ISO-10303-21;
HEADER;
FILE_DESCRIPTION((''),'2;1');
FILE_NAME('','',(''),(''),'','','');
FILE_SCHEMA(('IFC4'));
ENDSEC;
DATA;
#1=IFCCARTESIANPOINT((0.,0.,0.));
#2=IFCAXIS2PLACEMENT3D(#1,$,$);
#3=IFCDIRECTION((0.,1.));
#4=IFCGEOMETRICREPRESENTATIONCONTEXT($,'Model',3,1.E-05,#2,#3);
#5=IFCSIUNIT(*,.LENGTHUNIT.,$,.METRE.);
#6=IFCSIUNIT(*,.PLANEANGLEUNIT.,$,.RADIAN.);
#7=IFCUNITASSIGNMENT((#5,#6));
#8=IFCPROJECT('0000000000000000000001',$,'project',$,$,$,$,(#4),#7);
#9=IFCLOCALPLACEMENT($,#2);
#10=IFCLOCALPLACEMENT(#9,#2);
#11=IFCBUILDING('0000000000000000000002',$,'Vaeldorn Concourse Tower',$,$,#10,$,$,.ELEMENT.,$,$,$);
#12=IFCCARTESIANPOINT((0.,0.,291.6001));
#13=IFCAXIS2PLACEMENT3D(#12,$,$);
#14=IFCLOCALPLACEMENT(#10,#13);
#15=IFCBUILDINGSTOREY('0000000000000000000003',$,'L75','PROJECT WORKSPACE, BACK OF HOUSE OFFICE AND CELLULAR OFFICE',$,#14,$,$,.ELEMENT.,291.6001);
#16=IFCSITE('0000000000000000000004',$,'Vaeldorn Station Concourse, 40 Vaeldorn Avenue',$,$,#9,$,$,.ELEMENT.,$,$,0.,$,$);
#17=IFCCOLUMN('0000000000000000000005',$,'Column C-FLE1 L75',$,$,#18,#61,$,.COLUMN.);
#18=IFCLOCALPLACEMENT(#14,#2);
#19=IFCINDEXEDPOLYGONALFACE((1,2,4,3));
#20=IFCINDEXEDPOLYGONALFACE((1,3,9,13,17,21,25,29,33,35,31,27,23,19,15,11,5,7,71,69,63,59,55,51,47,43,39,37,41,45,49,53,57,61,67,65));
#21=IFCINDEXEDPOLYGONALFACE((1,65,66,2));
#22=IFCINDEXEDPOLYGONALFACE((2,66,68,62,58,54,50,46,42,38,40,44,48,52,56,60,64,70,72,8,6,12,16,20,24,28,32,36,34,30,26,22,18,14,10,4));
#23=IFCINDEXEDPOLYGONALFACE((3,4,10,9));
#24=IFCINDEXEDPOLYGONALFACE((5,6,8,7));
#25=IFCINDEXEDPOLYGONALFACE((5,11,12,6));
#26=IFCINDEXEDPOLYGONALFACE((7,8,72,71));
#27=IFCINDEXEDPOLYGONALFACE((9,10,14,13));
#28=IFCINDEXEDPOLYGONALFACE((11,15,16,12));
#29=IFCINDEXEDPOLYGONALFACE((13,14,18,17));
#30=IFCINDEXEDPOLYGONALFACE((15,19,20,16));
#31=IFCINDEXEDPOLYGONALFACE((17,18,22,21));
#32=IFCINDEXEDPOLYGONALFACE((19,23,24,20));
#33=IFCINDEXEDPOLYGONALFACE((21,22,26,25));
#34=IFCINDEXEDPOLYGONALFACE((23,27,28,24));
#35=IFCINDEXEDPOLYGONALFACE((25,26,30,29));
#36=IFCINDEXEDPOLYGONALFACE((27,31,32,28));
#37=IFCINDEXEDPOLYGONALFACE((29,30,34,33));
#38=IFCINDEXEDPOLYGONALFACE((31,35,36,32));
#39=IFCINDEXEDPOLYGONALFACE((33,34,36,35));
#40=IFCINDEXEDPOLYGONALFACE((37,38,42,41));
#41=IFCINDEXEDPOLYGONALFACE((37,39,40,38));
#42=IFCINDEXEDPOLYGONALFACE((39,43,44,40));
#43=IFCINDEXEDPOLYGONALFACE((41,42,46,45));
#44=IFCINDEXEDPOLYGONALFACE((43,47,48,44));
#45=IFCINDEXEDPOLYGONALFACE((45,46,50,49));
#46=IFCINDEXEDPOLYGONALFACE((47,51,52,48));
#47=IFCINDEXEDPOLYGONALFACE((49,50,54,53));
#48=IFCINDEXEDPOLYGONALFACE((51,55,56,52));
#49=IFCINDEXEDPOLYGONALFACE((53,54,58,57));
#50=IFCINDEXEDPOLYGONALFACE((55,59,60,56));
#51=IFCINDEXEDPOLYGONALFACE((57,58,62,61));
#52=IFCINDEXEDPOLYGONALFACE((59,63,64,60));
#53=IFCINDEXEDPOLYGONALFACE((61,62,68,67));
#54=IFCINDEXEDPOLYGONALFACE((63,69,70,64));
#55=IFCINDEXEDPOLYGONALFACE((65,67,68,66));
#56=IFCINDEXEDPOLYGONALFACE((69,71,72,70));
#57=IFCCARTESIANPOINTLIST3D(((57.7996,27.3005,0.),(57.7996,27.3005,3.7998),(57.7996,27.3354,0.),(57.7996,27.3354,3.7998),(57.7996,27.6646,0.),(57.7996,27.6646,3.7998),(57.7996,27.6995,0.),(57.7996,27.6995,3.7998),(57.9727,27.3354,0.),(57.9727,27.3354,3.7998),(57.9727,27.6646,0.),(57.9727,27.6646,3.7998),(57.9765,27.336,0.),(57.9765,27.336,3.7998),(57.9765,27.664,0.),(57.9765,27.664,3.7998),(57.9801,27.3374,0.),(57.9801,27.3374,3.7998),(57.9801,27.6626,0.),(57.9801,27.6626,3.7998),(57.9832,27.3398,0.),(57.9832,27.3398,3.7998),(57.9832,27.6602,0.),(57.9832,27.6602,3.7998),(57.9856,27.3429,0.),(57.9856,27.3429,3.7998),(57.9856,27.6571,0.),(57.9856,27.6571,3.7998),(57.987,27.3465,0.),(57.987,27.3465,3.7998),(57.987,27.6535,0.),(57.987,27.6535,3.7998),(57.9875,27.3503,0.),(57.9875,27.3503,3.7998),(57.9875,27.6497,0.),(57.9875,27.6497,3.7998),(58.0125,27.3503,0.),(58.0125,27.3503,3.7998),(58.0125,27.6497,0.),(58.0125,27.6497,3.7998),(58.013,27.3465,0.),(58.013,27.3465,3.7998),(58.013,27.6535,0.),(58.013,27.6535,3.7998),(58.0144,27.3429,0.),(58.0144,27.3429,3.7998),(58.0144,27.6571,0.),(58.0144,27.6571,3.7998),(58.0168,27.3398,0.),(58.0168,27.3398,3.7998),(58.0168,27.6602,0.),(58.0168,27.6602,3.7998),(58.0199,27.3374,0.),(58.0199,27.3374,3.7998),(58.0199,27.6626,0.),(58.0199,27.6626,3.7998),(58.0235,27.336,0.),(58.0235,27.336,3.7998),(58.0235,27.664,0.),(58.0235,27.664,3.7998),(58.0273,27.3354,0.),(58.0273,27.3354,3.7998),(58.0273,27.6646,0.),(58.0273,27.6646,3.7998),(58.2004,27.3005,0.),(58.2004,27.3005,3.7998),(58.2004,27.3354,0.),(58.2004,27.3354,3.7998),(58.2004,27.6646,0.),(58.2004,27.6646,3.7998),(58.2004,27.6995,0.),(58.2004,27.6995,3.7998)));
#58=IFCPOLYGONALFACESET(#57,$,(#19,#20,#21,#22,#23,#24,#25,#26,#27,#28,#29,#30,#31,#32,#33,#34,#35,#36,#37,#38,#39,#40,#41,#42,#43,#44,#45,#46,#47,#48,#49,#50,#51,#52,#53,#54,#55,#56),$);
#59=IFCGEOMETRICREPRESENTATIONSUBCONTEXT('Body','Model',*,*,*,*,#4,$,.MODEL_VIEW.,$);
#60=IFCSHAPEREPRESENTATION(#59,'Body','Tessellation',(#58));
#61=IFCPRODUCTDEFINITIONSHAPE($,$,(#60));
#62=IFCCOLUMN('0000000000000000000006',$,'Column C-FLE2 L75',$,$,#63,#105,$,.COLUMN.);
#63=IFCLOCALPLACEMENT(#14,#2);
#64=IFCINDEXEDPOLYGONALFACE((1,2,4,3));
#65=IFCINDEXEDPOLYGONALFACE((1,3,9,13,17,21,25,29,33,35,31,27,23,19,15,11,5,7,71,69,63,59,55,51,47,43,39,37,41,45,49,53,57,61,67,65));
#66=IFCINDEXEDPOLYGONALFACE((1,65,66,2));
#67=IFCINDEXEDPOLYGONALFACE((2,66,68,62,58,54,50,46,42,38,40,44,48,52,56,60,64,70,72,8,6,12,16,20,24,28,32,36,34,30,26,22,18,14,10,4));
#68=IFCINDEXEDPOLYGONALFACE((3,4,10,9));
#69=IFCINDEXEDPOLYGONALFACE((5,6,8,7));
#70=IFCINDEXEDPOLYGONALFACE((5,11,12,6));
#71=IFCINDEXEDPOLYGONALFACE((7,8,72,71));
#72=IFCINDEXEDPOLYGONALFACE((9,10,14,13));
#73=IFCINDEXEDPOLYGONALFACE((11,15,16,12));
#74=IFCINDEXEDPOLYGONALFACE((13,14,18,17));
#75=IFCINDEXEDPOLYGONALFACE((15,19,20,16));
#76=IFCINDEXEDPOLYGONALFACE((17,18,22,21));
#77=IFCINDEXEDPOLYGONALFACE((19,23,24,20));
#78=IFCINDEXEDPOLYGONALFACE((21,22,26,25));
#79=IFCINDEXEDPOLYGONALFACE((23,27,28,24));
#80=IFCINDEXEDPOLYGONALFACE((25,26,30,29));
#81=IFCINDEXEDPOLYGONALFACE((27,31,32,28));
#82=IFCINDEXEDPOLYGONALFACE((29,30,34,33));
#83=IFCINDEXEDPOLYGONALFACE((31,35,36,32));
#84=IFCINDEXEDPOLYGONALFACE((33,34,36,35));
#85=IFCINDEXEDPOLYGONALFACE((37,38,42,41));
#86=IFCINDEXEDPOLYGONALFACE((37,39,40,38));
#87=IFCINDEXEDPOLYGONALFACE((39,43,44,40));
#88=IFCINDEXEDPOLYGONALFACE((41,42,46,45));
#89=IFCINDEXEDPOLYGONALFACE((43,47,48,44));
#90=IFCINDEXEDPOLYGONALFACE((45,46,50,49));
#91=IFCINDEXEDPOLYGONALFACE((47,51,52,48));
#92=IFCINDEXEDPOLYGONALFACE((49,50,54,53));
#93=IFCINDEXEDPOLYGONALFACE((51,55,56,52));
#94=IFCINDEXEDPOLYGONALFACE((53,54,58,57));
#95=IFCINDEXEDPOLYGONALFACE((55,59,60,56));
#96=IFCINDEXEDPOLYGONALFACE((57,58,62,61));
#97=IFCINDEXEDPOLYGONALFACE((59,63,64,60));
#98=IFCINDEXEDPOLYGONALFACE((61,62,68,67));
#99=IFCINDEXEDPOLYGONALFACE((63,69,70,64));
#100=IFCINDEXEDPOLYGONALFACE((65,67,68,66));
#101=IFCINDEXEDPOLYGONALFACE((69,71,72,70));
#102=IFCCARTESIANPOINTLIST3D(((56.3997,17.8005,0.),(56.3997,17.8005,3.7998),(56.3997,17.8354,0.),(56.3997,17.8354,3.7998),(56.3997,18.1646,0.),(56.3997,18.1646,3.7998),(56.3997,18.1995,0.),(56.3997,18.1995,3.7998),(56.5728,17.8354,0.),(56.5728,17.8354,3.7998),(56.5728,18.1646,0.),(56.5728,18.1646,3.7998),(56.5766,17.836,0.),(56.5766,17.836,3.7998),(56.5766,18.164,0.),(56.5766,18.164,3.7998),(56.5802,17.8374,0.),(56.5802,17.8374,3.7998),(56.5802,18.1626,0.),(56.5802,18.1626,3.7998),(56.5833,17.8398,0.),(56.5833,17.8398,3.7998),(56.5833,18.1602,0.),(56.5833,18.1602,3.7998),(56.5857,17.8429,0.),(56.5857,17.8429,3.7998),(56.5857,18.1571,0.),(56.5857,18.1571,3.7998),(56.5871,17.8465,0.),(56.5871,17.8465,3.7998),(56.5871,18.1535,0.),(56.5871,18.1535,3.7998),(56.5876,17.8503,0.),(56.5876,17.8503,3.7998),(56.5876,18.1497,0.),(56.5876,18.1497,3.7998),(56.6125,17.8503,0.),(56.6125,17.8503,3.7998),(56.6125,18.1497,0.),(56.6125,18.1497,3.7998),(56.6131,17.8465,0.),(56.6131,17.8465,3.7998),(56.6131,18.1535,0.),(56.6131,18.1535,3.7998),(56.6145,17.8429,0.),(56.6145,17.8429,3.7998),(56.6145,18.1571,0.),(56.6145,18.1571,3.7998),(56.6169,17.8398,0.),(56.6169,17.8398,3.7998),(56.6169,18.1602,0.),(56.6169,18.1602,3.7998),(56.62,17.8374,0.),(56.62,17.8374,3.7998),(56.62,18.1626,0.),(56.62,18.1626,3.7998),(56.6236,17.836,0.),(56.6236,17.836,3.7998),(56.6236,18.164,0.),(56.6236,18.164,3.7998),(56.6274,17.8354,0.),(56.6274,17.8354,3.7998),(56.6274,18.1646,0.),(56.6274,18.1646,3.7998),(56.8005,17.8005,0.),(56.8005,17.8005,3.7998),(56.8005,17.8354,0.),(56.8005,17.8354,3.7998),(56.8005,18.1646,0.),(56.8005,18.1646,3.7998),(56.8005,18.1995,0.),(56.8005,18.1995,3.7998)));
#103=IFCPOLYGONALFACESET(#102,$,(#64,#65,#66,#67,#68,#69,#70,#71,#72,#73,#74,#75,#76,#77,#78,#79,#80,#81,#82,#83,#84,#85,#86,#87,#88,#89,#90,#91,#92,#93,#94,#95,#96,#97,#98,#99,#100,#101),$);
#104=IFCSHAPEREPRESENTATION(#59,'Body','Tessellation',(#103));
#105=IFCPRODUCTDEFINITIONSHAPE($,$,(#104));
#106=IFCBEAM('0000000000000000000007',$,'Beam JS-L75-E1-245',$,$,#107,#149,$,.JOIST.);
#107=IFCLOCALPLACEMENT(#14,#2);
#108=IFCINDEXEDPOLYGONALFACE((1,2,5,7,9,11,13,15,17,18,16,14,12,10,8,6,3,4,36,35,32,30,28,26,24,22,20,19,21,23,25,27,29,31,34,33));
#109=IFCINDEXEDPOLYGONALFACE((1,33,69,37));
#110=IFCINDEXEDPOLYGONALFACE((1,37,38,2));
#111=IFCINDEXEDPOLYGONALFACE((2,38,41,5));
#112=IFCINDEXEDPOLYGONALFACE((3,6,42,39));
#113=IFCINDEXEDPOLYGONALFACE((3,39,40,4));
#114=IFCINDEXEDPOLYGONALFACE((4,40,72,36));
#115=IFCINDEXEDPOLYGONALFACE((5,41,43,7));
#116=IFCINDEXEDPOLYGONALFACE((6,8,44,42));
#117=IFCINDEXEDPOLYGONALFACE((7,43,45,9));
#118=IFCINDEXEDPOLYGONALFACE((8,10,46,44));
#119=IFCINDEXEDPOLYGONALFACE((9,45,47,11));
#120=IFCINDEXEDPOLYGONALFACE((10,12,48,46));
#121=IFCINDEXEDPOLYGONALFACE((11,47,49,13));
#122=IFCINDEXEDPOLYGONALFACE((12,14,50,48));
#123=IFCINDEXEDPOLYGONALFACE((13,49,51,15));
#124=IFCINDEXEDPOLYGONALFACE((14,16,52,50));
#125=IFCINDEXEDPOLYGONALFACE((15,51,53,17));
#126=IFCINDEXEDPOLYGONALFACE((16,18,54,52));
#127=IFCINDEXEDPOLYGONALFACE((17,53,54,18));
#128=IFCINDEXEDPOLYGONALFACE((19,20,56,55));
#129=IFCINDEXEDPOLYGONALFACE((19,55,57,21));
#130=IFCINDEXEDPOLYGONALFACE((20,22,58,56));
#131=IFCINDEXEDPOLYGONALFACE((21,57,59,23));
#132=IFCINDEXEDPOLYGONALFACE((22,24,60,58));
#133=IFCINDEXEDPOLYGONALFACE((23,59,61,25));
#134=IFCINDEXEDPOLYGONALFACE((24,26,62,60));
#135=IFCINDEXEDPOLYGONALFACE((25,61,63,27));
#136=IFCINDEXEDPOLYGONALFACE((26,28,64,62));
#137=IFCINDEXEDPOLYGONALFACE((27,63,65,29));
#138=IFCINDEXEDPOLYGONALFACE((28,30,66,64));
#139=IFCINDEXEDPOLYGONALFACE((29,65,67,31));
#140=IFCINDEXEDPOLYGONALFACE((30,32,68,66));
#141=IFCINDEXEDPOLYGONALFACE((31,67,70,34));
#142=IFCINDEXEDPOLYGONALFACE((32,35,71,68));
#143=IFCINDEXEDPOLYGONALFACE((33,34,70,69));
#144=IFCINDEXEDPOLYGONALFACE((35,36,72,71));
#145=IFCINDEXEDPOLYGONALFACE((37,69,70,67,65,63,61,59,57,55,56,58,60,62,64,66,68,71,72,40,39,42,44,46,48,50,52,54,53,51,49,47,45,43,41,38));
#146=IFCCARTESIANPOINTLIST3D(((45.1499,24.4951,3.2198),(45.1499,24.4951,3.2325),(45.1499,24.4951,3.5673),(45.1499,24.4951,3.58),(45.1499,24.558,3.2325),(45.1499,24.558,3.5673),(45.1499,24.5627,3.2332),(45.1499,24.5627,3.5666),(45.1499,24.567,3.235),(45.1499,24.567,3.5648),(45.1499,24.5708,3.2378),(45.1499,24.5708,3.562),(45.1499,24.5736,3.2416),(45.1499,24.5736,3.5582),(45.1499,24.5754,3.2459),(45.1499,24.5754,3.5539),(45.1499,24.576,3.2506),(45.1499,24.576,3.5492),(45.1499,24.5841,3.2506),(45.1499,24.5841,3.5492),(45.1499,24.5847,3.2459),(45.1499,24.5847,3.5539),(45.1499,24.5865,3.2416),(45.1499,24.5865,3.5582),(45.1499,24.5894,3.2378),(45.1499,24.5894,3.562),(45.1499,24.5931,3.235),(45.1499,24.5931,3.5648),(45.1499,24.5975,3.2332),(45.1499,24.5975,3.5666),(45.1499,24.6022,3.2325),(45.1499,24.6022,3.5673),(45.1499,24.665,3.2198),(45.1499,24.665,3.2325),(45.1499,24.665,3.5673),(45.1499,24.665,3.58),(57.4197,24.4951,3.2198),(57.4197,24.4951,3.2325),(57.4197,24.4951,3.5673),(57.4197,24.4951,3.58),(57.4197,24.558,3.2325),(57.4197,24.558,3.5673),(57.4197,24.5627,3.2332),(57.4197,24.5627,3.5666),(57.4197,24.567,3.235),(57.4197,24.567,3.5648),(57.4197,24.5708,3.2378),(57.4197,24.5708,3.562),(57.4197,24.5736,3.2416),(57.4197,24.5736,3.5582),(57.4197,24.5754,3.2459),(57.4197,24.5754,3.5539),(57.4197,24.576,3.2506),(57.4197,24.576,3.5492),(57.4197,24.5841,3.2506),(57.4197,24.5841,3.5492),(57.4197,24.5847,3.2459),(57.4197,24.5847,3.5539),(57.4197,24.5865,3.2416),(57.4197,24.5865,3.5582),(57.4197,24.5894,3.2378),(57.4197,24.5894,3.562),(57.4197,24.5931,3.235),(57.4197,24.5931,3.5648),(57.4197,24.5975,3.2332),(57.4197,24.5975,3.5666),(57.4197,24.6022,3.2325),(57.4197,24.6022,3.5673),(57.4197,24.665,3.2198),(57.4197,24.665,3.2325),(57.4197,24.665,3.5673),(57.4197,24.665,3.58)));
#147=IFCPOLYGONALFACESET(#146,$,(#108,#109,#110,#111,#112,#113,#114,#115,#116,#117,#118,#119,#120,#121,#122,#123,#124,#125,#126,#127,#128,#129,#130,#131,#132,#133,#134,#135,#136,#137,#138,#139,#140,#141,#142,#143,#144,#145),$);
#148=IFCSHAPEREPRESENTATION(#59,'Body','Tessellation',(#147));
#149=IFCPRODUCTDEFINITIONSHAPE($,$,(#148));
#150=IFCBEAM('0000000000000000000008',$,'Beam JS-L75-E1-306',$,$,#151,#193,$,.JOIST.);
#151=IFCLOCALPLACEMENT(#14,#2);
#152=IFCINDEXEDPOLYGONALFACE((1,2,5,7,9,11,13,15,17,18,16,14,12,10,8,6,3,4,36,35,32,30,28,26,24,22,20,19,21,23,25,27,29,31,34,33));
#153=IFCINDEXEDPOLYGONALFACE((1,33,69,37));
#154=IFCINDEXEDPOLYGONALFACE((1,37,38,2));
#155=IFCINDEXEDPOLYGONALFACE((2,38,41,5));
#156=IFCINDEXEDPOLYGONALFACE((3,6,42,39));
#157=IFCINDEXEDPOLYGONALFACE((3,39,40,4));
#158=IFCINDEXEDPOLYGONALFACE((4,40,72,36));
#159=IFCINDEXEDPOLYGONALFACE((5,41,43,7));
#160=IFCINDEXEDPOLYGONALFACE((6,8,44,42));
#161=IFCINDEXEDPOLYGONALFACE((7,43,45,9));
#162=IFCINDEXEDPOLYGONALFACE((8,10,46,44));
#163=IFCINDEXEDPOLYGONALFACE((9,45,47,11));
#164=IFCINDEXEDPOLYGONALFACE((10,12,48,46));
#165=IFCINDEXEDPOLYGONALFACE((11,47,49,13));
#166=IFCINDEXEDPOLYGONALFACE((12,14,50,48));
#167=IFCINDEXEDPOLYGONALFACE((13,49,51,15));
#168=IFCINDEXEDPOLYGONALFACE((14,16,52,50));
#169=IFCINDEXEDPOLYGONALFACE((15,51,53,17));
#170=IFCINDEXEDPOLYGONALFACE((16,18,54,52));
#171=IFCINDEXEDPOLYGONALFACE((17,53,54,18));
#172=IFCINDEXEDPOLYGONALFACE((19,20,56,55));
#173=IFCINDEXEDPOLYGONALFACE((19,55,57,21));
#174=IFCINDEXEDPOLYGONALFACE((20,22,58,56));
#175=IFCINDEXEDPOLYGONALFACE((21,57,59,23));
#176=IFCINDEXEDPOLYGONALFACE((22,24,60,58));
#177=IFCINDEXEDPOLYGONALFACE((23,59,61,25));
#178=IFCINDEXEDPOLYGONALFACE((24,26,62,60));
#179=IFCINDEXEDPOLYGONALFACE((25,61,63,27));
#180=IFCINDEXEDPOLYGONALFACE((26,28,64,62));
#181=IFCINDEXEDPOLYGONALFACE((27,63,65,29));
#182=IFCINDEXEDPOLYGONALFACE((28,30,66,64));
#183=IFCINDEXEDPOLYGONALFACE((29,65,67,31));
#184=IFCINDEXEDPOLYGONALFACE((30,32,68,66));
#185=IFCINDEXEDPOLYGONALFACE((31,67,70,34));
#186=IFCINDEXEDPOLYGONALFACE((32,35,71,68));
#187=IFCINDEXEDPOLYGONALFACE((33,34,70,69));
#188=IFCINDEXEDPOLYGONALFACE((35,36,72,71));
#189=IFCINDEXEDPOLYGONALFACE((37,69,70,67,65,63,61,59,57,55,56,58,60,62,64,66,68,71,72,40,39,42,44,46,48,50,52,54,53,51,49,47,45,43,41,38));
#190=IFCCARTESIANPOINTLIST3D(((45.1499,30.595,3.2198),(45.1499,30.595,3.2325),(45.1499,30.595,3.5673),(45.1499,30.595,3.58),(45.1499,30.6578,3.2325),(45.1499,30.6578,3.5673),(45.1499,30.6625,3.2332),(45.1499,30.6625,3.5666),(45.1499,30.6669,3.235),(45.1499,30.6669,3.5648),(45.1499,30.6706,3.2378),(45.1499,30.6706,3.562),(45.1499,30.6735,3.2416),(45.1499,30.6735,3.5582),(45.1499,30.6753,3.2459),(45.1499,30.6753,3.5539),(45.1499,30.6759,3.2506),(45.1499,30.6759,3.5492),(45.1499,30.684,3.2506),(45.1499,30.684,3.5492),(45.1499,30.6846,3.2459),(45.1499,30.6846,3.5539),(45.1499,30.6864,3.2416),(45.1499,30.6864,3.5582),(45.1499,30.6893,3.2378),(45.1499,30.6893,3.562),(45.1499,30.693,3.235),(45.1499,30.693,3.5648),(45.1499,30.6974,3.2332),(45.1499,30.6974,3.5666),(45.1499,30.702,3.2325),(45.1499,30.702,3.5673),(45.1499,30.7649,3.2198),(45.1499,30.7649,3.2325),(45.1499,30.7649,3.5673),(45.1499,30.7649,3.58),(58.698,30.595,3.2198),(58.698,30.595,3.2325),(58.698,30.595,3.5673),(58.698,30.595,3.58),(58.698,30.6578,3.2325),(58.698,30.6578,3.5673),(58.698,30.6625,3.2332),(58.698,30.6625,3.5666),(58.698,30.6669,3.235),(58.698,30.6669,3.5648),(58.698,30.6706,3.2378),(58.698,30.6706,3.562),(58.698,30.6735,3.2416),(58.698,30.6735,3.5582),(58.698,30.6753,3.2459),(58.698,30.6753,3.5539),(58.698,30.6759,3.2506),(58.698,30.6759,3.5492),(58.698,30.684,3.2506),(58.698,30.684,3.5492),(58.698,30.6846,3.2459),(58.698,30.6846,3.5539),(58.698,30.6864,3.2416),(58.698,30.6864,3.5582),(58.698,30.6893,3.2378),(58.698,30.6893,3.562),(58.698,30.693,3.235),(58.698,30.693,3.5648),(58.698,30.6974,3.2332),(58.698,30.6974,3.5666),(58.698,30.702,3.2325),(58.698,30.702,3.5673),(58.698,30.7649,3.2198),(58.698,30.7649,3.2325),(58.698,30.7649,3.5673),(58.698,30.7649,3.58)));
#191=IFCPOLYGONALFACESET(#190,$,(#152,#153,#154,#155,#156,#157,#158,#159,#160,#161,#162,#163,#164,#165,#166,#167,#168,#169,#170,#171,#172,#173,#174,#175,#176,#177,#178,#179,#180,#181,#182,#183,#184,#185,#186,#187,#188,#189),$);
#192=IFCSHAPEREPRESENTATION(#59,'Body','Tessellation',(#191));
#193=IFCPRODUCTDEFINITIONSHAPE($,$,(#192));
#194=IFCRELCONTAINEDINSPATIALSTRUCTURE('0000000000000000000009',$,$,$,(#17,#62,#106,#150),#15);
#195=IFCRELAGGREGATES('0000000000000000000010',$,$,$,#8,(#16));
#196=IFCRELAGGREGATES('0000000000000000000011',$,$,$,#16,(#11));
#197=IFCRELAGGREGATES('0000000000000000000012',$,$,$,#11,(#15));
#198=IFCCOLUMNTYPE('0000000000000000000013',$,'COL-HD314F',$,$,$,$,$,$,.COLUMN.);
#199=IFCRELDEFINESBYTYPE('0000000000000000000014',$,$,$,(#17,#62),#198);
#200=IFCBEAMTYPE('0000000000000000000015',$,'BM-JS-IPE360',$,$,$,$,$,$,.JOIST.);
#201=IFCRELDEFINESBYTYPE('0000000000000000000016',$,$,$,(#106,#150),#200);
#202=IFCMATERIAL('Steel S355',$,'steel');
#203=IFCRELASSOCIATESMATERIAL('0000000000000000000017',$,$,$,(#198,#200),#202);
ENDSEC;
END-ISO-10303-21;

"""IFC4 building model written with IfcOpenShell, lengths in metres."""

from ifc_helpers import new_model, si_unit, direction, frame, origin, origin_2d, place, context, subcontext, project, spatial, i_section, extrude, source, transform, mapped, material, material_profile, profile_set, type_object, element, save


model = new_model("IFC4")

# Units and contexts
model_context = context("Model", 3, precision=1e-05, world=origin(), true_north=direction((0.0, 1.0)))
body_context = subcontext(model_context, "Body", "Model", "MODEL_VIEW")
ifc_project = project(units=[si_unit("LENGTHUNIT", "METRE"), si_unit("PLANEANGLEUNIT", "RADIAN")], contexts=[model_context])

# Site, building, storey
site_placement = place(None, origin())
site = spatial("IfcSite", under=ifc_project, at=site_placement, Name="Vaeldorn Station Concourse, 40 Vaeldorn Avenue", CompositionType="ELEMENT", RefElevation=0.0)
building_placement = place(site_placement, origin())
building = spatial("IfcBuilding", under=site, at=building_placement, Name="Vaeldorn Concourse Tower", CompositionType="ELEMENT")
storey_placement = place(building_placement, frame((0.0, 0.0, 291.6001)))
storey = spatial("IfcBuildingStorey", under=building, at=storey_placement, Name="L75", Description="PROJECT WORKSPACE, BACK OF HOUSE OFFICE AND CELLULAR OFFICE", CompositionType="ELEMENT", Elevation=291.6001)

# Columns
ifc_material_1 = material(Name="Steel S355", Category="steel")
ifc_material_profile_1 = material_profile(ifc_material_1, i_section(OverallWidth=0.4009, OverallDepth=0.3989, WebThickness=0.0249, FlangeThickness=0.0349, FilletRadius=0.0149, at=origin_2d()), Name="HD 400x314")
ifc_profile_set_1 = profile_set([ifc_material_profile_1], Name="Steel S355")
column_type = type_object("IfcColumnType", Name="COL-HD314F", PredefinedType="COLUMN", material=ifc_profile_set_1)
shared_shape_1 = source(origin(), body_context, "Body", "SweptSolid", [
    extrude(i_section(OverallWidth=0.4009, OverallDepth=0.3989, WebThickness=0.0249, FlangeThickness=0.0349, FilletRadius=0.0149, at=origin_2d()), origin(), (0.0, 0.0, 1.0), 3.7998),
])
for number, where, z_axis, x_axis, name in (
    (1, (58.0, 27.5, 0.0), (0.0, 0.0, 1.0), (1.0, 0.0, 0.0), "Column C-FLE1 L75"),
    (2, (56.6001, 18.0, 0.0), (0.0, 0.0, 1.0), (1.0, 0.0, 0.0), "Column C-FLE2 L75"),
):
    element("IfcColumn", number, at=place(storey_placement, frame(where, z_axis=z_axis, x_axis=x_axis)), inside=storey, type_object=column_type, Name=name, PredefinedType="COLUMN", context=body_context, shape_type="MappedRepresentation", body=[
        mapped(shared_shape_1, transform((0.0, 0.0, 0.0), scale=1.0)),
    ])

# Beams
ifc_material_profile_2 = material_profile(ifc_material_1, i_section(OverallWidth=0.1699, OverallDepth=0.3601, WebThickness=0.0081, FlangeThickness=0.0127, FilletRadius=0.0181, at=origin_2d()), Name="IPE 360")
ifc_profile_set_2 = profile_set([ifc_material_profile_2], Name="Steel S355")
beam_type_1 = type_object("IfcBeamType", Name="BM-JS-IPE360", PredefinedType="JOIST", material=ifc_profile_set_2)
shared_shape_2 = source(origin(), body_context, "Body", "SweptSolid", [
    extrude(i_section(OverallWidth=0.1699, OverallDepth=0.3601, WebThickness=0.0081, FlangeThickness=0.0127, FilletRadius=0.0181, at=origin_2d()), origin(), (0.0, 0.0, 1.0), 12.2698),
])
beam_1_placement = place(storey_placement, frame((45.1499, 24.5801, 3.3999), z_axis=(1.0, 0.0, 0.0), x_axis=(0.0, 1.0, 0.0)))
element("IfcBeam", 3, at=beam_1_placement, inside=storey, type_object=beam_type_1, Name="Beam JS-L75-E1-245", PredefinedType="JOIST", context=body_context, shape_type="MappedRepresentation", body=[
    mapped(shared_shape_2, transform((0.0, 0.0, 0.0), scale=1.0)),
])
shared_shape_3 = source(origin(), body_context, "Body", "SweptSolid", [
    extrude(i_section(OverallWidth=0.1699, OverallDepth=0.3601, WebThickness=0.0081, FlangeThickness=0.0127, FilletRadius=0.0181, at=origin_2d()), origin(), (0.0, 0.0, 1.0), 13.5481),
])
beam_2_placement = place(storey_placement, frame((45.1499, 30.6799, 3.3999), z_axis=(1.0, 0.0, 0.0), x_axis=(0.0, 1.0, 0.0)))
element("IfcBeam", 4, at=beam_2_placement, inside=storey, type_object=beam_type_1, Name="Beam JS-L75-E1-306", PredefinedType="JOIST", context=body_context, shape_type="MappedRepresentation", body=[
    mapped(shared_shape_3, transform((0.0, 0.0, 0.0), scale=1.0)),
])

save(model, "model.ifc")
